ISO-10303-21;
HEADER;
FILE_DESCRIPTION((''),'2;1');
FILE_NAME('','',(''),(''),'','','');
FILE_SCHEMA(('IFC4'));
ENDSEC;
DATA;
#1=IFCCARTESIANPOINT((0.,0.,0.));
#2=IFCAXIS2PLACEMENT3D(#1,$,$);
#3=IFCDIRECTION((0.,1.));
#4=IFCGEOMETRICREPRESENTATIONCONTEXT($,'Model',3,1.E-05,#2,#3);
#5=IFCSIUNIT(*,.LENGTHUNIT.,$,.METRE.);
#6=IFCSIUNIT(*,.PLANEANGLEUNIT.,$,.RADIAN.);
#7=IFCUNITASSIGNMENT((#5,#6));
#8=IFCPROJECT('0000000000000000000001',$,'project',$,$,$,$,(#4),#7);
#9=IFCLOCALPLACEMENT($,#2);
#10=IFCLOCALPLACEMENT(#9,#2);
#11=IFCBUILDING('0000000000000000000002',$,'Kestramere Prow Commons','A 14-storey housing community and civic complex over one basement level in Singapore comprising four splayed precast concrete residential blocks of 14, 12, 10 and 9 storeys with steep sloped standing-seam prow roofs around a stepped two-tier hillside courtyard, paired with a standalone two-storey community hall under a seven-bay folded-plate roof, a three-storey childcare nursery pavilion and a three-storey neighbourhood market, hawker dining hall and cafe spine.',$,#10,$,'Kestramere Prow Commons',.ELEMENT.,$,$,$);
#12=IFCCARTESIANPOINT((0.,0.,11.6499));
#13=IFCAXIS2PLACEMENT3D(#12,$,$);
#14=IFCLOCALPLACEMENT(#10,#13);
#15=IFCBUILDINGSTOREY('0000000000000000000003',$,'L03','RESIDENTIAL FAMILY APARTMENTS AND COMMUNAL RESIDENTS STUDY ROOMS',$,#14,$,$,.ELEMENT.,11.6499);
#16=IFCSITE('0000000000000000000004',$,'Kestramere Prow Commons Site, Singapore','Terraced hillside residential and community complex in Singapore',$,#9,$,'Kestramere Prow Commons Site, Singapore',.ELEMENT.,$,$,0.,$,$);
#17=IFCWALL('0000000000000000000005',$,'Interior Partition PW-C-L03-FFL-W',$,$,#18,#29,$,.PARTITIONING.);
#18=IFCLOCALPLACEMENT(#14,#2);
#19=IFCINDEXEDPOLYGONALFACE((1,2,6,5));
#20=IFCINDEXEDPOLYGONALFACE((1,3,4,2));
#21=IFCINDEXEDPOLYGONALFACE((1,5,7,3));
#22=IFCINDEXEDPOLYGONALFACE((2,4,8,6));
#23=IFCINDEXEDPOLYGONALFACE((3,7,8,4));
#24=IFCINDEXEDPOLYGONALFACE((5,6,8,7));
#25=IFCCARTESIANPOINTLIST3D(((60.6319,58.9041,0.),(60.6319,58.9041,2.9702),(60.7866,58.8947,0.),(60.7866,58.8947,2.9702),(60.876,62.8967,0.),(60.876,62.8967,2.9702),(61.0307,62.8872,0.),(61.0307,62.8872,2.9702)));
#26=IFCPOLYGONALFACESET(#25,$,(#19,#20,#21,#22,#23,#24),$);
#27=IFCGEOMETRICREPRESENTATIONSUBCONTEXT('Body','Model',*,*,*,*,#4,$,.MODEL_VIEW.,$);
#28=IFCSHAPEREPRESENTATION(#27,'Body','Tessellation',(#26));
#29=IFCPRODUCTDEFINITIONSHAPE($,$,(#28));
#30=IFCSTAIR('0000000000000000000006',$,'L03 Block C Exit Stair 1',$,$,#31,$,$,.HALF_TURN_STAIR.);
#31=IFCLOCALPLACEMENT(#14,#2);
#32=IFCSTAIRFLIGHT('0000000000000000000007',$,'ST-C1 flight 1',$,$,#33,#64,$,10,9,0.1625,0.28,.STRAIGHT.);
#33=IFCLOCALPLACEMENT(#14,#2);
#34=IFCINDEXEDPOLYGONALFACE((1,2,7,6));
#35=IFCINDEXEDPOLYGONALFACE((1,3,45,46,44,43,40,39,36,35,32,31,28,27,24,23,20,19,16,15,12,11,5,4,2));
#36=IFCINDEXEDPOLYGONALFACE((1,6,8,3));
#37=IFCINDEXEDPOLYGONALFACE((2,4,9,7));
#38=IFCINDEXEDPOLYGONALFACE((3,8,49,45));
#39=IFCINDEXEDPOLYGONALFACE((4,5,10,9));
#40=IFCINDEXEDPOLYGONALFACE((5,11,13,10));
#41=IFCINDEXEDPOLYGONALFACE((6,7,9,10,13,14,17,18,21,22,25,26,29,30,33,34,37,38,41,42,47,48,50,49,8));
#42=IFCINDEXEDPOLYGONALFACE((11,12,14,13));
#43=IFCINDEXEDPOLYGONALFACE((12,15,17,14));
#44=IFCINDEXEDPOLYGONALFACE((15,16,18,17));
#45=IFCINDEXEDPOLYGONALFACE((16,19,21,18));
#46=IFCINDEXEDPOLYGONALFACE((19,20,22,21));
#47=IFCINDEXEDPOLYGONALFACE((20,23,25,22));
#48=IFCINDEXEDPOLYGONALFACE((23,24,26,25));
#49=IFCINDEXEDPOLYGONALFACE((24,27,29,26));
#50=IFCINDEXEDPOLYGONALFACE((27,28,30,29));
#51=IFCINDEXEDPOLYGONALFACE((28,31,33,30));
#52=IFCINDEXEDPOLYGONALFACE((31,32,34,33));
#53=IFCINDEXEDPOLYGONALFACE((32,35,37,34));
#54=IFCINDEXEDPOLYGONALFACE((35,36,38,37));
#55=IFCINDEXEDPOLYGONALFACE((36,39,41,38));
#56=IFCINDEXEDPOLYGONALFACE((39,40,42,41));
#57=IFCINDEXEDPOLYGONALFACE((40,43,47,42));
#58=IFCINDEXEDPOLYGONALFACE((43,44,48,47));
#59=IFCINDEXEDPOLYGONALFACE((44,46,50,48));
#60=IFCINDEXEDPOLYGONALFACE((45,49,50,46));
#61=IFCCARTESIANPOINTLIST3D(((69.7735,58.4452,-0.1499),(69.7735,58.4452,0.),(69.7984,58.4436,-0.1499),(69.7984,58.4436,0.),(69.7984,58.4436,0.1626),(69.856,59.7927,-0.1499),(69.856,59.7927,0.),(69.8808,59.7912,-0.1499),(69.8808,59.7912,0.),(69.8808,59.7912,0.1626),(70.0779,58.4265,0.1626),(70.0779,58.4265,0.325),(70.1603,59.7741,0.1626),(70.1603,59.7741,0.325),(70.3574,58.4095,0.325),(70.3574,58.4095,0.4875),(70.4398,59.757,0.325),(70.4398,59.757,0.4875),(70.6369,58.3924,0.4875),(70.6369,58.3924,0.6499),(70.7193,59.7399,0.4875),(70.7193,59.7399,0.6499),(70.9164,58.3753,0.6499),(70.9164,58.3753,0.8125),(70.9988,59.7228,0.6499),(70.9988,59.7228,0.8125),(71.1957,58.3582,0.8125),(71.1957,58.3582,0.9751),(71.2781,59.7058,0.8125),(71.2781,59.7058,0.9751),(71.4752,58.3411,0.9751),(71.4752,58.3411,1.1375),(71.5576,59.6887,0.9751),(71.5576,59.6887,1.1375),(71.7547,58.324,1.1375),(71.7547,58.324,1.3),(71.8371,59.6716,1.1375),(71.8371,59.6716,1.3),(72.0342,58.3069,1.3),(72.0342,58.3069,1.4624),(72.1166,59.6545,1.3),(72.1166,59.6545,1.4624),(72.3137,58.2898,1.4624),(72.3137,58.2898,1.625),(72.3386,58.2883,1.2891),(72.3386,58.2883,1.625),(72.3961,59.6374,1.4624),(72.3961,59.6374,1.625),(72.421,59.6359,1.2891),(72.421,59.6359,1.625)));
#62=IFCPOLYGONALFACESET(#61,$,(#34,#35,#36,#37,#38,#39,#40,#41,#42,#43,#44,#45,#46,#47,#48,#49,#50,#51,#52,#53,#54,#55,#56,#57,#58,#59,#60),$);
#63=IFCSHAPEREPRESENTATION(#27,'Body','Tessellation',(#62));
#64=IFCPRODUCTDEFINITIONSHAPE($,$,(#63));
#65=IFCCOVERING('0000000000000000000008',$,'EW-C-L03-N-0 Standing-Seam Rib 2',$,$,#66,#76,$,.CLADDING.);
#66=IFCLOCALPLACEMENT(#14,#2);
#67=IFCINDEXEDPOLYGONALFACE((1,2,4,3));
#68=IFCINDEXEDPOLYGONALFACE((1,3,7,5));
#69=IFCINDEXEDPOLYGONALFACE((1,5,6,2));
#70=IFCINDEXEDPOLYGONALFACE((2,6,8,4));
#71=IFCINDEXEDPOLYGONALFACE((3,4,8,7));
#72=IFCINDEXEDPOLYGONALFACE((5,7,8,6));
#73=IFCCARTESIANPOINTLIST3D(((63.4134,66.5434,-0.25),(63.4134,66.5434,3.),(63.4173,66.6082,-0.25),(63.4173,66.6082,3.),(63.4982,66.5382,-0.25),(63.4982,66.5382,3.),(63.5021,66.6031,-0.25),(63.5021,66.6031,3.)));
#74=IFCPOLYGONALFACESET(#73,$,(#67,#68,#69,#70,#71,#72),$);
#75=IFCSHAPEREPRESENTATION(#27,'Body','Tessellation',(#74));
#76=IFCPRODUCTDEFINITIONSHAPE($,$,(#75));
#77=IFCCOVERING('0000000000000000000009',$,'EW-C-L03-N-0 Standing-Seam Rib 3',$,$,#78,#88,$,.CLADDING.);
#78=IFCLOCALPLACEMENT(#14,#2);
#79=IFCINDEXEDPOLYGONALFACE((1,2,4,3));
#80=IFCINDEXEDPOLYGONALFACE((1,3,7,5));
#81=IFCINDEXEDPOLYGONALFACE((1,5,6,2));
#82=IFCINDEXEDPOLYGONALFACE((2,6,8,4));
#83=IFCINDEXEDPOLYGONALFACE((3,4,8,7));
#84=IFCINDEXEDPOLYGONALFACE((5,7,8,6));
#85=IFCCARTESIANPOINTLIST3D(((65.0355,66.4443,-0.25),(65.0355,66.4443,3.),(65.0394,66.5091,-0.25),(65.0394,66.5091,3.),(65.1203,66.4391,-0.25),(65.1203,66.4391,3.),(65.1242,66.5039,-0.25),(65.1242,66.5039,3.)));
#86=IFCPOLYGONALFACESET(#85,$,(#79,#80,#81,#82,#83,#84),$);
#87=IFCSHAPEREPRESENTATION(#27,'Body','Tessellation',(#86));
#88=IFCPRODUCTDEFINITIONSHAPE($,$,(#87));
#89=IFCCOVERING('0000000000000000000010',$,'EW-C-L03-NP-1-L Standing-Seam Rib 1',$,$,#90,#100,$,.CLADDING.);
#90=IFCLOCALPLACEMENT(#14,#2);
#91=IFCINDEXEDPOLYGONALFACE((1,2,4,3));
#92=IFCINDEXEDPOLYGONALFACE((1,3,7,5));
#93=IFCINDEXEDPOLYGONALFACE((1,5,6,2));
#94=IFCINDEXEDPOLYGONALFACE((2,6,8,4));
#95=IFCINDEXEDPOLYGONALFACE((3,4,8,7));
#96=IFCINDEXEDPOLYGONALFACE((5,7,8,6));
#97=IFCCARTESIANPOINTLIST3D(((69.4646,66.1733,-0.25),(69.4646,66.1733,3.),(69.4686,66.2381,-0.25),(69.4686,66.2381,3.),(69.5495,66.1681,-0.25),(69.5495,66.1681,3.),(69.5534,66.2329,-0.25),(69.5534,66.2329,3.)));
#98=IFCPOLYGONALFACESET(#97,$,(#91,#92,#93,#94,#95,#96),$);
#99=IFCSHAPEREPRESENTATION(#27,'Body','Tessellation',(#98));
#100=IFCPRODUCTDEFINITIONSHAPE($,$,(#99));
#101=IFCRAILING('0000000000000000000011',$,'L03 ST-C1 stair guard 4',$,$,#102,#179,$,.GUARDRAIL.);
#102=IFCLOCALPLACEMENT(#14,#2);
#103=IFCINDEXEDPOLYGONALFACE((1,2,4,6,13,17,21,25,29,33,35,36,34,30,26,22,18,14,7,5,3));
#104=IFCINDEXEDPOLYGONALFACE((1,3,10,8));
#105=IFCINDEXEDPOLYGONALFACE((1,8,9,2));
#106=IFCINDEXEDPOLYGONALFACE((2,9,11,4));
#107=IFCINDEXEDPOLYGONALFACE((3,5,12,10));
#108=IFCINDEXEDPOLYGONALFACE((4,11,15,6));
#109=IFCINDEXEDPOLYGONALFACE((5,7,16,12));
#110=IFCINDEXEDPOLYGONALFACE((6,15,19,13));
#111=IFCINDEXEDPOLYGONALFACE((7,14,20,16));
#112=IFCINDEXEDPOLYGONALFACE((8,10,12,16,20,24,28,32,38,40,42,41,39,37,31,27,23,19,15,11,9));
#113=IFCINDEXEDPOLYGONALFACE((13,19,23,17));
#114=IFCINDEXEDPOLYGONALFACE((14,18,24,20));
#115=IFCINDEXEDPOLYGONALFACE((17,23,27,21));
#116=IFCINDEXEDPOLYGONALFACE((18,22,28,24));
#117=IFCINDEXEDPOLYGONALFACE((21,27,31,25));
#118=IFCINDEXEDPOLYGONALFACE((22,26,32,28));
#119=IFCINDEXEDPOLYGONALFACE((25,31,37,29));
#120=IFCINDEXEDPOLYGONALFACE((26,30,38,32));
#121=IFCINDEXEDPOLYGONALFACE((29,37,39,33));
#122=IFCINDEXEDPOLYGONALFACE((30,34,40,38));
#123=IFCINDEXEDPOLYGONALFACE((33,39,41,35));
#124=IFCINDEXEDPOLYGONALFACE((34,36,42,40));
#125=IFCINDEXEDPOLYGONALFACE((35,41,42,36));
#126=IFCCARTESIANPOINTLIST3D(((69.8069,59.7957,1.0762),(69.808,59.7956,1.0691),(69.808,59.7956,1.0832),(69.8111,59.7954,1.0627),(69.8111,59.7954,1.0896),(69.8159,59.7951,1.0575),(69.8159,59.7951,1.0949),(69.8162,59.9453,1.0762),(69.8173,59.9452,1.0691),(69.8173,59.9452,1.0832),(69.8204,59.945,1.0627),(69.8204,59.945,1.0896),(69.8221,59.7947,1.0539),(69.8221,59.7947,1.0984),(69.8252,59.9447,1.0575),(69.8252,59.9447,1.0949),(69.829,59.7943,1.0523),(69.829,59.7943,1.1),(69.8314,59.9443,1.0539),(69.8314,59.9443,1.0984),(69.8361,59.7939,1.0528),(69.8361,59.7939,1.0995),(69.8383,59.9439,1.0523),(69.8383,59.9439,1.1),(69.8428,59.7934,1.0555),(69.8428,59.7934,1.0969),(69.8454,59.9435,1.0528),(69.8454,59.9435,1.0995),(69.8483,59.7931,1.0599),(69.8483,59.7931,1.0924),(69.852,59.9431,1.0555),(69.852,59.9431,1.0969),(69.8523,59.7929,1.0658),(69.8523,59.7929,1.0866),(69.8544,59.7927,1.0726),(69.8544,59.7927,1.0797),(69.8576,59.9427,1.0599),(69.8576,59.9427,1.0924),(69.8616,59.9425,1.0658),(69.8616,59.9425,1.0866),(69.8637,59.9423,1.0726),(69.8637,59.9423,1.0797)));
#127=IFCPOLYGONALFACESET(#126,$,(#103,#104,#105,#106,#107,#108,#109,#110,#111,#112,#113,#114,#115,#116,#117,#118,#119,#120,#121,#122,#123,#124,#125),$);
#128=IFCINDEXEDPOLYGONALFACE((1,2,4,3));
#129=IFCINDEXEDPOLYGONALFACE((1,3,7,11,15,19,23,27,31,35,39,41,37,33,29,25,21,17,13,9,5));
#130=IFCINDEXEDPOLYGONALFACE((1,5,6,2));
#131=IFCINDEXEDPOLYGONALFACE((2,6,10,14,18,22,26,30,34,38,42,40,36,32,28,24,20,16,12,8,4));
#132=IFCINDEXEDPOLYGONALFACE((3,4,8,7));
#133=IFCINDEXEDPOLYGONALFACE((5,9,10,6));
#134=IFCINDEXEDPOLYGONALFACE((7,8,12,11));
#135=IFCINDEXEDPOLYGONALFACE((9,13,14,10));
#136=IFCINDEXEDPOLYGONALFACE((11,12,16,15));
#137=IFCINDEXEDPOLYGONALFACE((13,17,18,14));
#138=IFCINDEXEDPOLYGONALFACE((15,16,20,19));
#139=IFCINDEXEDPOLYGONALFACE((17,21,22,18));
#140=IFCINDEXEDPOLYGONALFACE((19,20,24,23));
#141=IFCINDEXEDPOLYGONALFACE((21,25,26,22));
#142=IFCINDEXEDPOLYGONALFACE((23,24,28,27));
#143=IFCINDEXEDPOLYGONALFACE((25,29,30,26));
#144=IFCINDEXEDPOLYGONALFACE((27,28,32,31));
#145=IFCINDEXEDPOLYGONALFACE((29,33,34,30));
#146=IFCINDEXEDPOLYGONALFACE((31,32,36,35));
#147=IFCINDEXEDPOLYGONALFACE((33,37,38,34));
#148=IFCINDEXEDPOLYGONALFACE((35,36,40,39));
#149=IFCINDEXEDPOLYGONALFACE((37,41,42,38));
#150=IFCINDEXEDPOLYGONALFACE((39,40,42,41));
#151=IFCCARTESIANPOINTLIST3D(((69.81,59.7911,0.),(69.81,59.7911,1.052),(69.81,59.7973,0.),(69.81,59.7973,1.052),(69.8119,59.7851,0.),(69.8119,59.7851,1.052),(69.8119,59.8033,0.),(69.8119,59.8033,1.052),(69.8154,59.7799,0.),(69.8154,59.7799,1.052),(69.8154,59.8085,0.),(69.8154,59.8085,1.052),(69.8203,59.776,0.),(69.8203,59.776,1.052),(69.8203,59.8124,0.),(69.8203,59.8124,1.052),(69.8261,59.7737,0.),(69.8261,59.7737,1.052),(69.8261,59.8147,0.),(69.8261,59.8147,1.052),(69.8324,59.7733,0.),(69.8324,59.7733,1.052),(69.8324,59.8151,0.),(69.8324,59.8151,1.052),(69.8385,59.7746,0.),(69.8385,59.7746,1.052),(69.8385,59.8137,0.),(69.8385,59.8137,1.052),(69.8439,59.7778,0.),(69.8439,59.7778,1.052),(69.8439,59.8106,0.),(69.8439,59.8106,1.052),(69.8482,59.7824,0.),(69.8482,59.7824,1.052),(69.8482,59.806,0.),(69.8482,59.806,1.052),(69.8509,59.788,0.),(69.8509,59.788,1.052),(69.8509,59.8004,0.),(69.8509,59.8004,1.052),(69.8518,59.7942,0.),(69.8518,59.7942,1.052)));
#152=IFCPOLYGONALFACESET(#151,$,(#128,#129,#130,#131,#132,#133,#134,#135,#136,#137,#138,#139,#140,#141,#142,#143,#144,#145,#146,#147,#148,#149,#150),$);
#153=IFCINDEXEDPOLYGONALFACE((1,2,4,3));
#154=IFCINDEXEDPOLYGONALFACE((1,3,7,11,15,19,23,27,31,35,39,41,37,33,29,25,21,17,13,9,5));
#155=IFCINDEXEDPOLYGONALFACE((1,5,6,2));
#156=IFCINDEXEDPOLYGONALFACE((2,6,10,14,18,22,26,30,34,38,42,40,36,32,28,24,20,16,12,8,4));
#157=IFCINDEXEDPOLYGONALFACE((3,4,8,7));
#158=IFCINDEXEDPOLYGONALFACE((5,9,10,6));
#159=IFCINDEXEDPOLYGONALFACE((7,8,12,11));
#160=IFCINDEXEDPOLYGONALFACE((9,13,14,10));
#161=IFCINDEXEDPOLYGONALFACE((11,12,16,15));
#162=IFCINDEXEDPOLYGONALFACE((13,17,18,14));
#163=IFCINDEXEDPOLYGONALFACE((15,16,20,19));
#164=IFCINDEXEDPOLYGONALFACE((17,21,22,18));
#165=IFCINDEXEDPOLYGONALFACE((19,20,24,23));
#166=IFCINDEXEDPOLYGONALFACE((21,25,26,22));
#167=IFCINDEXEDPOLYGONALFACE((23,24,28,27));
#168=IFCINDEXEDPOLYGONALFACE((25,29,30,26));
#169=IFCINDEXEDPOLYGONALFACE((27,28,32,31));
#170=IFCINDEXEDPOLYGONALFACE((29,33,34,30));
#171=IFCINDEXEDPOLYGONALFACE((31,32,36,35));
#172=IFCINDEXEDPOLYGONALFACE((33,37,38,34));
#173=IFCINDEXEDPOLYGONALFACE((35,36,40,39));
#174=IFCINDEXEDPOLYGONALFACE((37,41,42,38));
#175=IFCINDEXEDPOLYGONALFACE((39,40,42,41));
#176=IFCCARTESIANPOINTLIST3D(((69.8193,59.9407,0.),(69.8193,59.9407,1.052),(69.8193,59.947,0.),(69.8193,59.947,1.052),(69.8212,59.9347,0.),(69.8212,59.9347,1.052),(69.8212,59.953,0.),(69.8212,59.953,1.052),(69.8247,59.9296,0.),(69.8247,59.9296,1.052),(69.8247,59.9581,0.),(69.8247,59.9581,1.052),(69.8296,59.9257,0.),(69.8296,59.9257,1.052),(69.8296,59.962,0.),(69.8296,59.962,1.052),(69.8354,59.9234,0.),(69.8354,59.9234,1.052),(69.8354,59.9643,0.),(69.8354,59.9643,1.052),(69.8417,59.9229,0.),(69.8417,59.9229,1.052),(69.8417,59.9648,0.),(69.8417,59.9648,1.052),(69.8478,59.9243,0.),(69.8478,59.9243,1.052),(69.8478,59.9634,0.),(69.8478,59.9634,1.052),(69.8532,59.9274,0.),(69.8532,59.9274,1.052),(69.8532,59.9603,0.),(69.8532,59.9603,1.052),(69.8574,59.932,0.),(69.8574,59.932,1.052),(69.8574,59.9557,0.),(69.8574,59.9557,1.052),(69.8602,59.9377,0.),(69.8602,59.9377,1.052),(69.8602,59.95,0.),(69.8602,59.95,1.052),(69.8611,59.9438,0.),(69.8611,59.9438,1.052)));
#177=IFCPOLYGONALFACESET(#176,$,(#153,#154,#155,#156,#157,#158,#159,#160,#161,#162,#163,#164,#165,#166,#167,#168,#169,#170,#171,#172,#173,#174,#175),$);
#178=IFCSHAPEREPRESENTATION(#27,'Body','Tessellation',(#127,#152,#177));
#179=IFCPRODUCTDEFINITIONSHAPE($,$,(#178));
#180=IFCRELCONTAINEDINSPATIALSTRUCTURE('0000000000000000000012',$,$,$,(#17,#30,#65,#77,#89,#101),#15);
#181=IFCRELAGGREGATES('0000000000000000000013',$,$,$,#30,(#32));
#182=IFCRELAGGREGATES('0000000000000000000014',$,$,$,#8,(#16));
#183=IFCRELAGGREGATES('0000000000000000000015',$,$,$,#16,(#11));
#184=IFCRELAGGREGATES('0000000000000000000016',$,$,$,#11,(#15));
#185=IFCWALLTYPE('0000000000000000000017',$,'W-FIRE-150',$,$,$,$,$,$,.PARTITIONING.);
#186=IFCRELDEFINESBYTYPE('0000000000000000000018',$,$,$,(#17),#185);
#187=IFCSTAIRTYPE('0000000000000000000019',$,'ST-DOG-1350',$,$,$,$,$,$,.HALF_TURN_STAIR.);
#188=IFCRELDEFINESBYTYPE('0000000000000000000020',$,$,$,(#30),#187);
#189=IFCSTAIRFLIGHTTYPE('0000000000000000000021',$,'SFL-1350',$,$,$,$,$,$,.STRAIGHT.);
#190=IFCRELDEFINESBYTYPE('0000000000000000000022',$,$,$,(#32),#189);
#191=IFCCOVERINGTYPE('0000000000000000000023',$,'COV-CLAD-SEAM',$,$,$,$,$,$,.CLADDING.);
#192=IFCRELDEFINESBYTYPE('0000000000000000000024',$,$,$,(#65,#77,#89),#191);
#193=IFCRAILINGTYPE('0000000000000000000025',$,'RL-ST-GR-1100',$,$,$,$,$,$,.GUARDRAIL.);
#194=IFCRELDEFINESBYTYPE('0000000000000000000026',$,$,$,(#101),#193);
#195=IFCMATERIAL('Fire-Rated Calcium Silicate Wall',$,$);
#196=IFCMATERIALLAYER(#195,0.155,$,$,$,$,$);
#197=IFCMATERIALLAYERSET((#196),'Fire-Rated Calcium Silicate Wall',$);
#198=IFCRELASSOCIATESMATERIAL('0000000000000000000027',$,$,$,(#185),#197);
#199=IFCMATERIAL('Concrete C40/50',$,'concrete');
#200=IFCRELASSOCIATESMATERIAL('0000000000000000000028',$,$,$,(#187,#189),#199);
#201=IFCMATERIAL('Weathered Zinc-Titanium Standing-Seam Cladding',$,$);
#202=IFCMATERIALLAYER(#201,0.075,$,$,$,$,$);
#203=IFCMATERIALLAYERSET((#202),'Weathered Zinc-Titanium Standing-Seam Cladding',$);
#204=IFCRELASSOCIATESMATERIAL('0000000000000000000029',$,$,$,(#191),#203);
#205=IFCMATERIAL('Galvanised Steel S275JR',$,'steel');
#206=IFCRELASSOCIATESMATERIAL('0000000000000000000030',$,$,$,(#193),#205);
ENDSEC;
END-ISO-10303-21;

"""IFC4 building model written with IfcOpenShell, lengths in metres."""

from ifc_helpers import new_model, si_unit, direction, frame, frame_2d, origin, origin_2d, place, context, subcontext, project, spatial, polyline, rectangle, circle, outline, extrude, material, layer, layer_set, type_object, element, aggregate, save


model = new_model("IFC4")

# Units and contexts
model_context = context("Model", 3, precision=1e-05, world=origin(), true_north=direction((0.0, 1.0)))
body_context = subcontext(model_context, "Body", "Model", "MODEL_VIEW")
ifc_project = project(units=[si_unit("LENGTHUNIT", "METRE"), si_unit("PLANEANGLEUNIT", "RADIAN")], contexts=[model_context])

# Site, building, storey
site_placement = place(None, origin())
site = spatial("IfcSite", under=ifc_project, at=site_placement, Name="Kestramere Prow Commons Site, Singapore", Description="Terraced hillside residential and community complex in Singapore", LongName="Kestramere Prow Commons Site, Singapore", CompositionType="ELEMENT", RefElevation=0.0)
building_placement = place(site_placement, origin())
building = spatial("IfcBuilding", under=site, at=building_placement, Name="Kestramere Prow Commons", Description="A 14-storey housing community and civic complex over one basement level in Singapore comprising four splayed precast concrete residential blocks of 14, 12, 10 and 9 storeys with steep sloped standing-seam prow roofs around a stepped two-tier hillside courtyard, paired with a standalone two-storey community hall under a seven-bay folded-plate roof, a three-storey childcare nursery pavilion and a three-storey neighbourhood market, hawker dining hall and cafe spine.", LongName="Kestramere Prow Commons", CompositionType="ELEMENT")
storey_placement = place(building_placement, frame((0.0, 0.0, 11.6499)))
storey = spatial("IfcBuildingStorey", under=building, at=storey_placement, Name="L03", Description="RESIDENTIAL FAMILY APARTMENTS AND COMMUNAL RESIDENTS STUDY ROOMS", CompositionType="ELEMENT", Elevation=11.6499)

# Shared definitions
ifc_material_1 = material(Name="Concrete C40/50", Category="concrete")

# Wall
ifc_material_2 = material(Name="Fire-Rated Calcium Silicate Wall")
ifc_layer_1 = layer(ifc_material_2, 0.155)
ifc_layer_set_1 = layer_set([ifc_layer_1], Name="Fire-Rated Calcium Silicate Wall")
wall_type_1 = type_object("IfcWallType", Name="W-FIRE-150", PredefinedType="PARTITIONING", material=ifc_layer_set_1)
wall_1_placement = place(storey_placement, frame((60.7092, 58.8994, 0.0), z_axis=(0.0, 0.0, 1.0), x_axis=(0.061037, 0.998136, 0.0)))
element("IfcWall", 1, at=wall_1_placement, inside=storey, type_object=wall_type_1, Name="Interior Partition PW-C-L03-FFL-W", PredefinedType="PARTITIONING", context=body_context, shape_type="SweptSolid", body=[
    extrude(rectangle(XDim=4.0, YDim=0.155, at=frame_2d((2.0, 0.0))), origin(), (0.0, 0.0, 1.0), 2.9702),
])

# Stair, stair flight
stair_type = type_object("IfcStairType", Name="ST-DOG-1350", PredefinedType="HALF_TURN_STAIR", material=ifc_material_1)
stair_placement = place(storey_placement, origin())
stair = element("IfcStair", 2, at=stair_placement, inside=storey, type_object=stair_type, Name="L03 Block C Exit Stair 1", PredefinedType="HALF_TURN_STAIR")
stair_flight_type = type_object("IfcStairFlightType", Name="SFL-1350", PredefinedType="STRAIGHT", material=ifc_material_1)
stair_flight_placement = place(storey_placement, frame((69.8396, 59.1174, 0.0), z_axis=(0.0, 0.0, 1.0), x_axis=(0.998135, -0.061049, 0.0)))
stair_flight = element("IfcStairFlight", 3, at=stair_flight_placement, type_object=stair_flight_type, Name="ST-C1 flight 1", NumberOfRisers=10, NumberOfTreads=9, PredefinedType="STRAIGHT", RiserHeight=0.1625, TreadLength=0.28, context=body_context, shape_type="SweptSolid", body=[
    extrude(outline(polyline([(-0.0249, 0.0), (0.0, 0.0), (0.0, 0.1626), (0.28, 0.1626), (0.28, 0.325), (0.5601, 0.325), (0.5601, 0.4875), (0.8401, 0.4875), (0.8401, 0.6499), (1.1201, 0.6499), (1.1201, 0.8125), (1.3999, 0.8125), (1.3999, 0.9751), (1.6799, 0.9751), (1.6799, 1.1375), (1.96, 1.1375), (1.96, 1.3), (2.24, 1.3), (2.24, 1.4624), (2.52, 1.4624), (2.52, 1.625), (2.5449, 1.625), (2.5449, 1.2891), (0.0, -0.1499), (-0.0249, -0.1499), (-0.0249, 0.0)])), frame((0.0, 0.675, 0.0), z_axis=(0.0, -1.0, 0.0), x_axis=(1.0, 0.0, 0.0)), (0.0, 0.0, 1.0), 1.3501),
])
aggregate(stair, [stair_flight])

# Coverings
ifc_material_3 = material(Name="Weathered Zinc-Titanium Standing-Seam Cladding")
ifc_layer_2 = layer(ifc_material_3, 0.075)
ifc_layer_set_2 = layer_set([ifc_layer_2], Name="Weathered Zinc-Titanium Standing-Seam Cladding")
covering_type = type_object("IfcCoveringType", Name="COV-CLAD-SEAM", PredefinedType="CLADDING", material=ifc_layer_set_2)
for number, where, z_axis, x_axis, name in (
    (4, (63.4578, 66.5732, -0.25), (0.0, 0.0, 1.0), (0.998135, -0.061049, 0.0), "EW-C-L03-N-0 Standing-Seam Rib 2"),
    (5, (65.0798, 66.4741, -0.25), (0.0, 0.0, 1.0), (0.998135, -0.061049, 0.0), "EW-C-L03-N-0 Standing-Seam Rib 3"),
    (6, (69.509, 66.2031, -0.25), (0.0, 0.0, 1.0), (0.998135, -0.061049, 0.0), "EW-C-L03-NP-1-L Standing-Seam Rib 1"),
):
    element("IfcCovering", number, at=place(storey_placement, frame(where, z_axis=z_axis, x_axis=x_axis)), inside=storey, type_object=covering_type, Name=name, PredefinedType="CLADDING", context=body_context, shape_type="SweptSolid", body=[
        extrude(rectangle(XDim=0.085, YDim=0.0649, at=origin_2d()), origin(), (0.0, 0.0, 1.0), 3.25),
    ])

# Railing
ifc_material_4 = material(Name="Galvanised Steel S275JR", Category="steel")
railing_type = type_object("IfcRailingType", Name="RL-ST-GR-1100", PredefinedType="GUARDRAIL", material=ifc_material_4)
railing_placement = place(storey_placement, frame((69.8308, 59.7942, 0.0)))
element("IfcRailing", 7, at=railing_placement, inside=storey, type_object=railing_type, Name="L03 ST-C1 stair guard 4", PredefinedType="GUARDRAIL", context=body_context, shape_type="SweptSolid", body=[
    extrude(circle(Radius=0.0239, at=origin_2d()), frame((0.0, 0.0, 1.0762), z_axis=(0.061871, 0.998084, 0.0), x_axis=(-0.998084, 0.061871, 0.0)), (0.0, 0.0, 1.0), 0.1499),
    extrude(circle(Radius=0.021, at=origin_2d()), origin(), (0.0, 0.0, 1.0), 1.052),
    extrude(circle(Radius=0.021, at=origin_2d()), frame((0.0093, 0.1497, 0.0)), (0.0, 0.0, 1.0), 1.052),
])

save(model, "model.ifc")
